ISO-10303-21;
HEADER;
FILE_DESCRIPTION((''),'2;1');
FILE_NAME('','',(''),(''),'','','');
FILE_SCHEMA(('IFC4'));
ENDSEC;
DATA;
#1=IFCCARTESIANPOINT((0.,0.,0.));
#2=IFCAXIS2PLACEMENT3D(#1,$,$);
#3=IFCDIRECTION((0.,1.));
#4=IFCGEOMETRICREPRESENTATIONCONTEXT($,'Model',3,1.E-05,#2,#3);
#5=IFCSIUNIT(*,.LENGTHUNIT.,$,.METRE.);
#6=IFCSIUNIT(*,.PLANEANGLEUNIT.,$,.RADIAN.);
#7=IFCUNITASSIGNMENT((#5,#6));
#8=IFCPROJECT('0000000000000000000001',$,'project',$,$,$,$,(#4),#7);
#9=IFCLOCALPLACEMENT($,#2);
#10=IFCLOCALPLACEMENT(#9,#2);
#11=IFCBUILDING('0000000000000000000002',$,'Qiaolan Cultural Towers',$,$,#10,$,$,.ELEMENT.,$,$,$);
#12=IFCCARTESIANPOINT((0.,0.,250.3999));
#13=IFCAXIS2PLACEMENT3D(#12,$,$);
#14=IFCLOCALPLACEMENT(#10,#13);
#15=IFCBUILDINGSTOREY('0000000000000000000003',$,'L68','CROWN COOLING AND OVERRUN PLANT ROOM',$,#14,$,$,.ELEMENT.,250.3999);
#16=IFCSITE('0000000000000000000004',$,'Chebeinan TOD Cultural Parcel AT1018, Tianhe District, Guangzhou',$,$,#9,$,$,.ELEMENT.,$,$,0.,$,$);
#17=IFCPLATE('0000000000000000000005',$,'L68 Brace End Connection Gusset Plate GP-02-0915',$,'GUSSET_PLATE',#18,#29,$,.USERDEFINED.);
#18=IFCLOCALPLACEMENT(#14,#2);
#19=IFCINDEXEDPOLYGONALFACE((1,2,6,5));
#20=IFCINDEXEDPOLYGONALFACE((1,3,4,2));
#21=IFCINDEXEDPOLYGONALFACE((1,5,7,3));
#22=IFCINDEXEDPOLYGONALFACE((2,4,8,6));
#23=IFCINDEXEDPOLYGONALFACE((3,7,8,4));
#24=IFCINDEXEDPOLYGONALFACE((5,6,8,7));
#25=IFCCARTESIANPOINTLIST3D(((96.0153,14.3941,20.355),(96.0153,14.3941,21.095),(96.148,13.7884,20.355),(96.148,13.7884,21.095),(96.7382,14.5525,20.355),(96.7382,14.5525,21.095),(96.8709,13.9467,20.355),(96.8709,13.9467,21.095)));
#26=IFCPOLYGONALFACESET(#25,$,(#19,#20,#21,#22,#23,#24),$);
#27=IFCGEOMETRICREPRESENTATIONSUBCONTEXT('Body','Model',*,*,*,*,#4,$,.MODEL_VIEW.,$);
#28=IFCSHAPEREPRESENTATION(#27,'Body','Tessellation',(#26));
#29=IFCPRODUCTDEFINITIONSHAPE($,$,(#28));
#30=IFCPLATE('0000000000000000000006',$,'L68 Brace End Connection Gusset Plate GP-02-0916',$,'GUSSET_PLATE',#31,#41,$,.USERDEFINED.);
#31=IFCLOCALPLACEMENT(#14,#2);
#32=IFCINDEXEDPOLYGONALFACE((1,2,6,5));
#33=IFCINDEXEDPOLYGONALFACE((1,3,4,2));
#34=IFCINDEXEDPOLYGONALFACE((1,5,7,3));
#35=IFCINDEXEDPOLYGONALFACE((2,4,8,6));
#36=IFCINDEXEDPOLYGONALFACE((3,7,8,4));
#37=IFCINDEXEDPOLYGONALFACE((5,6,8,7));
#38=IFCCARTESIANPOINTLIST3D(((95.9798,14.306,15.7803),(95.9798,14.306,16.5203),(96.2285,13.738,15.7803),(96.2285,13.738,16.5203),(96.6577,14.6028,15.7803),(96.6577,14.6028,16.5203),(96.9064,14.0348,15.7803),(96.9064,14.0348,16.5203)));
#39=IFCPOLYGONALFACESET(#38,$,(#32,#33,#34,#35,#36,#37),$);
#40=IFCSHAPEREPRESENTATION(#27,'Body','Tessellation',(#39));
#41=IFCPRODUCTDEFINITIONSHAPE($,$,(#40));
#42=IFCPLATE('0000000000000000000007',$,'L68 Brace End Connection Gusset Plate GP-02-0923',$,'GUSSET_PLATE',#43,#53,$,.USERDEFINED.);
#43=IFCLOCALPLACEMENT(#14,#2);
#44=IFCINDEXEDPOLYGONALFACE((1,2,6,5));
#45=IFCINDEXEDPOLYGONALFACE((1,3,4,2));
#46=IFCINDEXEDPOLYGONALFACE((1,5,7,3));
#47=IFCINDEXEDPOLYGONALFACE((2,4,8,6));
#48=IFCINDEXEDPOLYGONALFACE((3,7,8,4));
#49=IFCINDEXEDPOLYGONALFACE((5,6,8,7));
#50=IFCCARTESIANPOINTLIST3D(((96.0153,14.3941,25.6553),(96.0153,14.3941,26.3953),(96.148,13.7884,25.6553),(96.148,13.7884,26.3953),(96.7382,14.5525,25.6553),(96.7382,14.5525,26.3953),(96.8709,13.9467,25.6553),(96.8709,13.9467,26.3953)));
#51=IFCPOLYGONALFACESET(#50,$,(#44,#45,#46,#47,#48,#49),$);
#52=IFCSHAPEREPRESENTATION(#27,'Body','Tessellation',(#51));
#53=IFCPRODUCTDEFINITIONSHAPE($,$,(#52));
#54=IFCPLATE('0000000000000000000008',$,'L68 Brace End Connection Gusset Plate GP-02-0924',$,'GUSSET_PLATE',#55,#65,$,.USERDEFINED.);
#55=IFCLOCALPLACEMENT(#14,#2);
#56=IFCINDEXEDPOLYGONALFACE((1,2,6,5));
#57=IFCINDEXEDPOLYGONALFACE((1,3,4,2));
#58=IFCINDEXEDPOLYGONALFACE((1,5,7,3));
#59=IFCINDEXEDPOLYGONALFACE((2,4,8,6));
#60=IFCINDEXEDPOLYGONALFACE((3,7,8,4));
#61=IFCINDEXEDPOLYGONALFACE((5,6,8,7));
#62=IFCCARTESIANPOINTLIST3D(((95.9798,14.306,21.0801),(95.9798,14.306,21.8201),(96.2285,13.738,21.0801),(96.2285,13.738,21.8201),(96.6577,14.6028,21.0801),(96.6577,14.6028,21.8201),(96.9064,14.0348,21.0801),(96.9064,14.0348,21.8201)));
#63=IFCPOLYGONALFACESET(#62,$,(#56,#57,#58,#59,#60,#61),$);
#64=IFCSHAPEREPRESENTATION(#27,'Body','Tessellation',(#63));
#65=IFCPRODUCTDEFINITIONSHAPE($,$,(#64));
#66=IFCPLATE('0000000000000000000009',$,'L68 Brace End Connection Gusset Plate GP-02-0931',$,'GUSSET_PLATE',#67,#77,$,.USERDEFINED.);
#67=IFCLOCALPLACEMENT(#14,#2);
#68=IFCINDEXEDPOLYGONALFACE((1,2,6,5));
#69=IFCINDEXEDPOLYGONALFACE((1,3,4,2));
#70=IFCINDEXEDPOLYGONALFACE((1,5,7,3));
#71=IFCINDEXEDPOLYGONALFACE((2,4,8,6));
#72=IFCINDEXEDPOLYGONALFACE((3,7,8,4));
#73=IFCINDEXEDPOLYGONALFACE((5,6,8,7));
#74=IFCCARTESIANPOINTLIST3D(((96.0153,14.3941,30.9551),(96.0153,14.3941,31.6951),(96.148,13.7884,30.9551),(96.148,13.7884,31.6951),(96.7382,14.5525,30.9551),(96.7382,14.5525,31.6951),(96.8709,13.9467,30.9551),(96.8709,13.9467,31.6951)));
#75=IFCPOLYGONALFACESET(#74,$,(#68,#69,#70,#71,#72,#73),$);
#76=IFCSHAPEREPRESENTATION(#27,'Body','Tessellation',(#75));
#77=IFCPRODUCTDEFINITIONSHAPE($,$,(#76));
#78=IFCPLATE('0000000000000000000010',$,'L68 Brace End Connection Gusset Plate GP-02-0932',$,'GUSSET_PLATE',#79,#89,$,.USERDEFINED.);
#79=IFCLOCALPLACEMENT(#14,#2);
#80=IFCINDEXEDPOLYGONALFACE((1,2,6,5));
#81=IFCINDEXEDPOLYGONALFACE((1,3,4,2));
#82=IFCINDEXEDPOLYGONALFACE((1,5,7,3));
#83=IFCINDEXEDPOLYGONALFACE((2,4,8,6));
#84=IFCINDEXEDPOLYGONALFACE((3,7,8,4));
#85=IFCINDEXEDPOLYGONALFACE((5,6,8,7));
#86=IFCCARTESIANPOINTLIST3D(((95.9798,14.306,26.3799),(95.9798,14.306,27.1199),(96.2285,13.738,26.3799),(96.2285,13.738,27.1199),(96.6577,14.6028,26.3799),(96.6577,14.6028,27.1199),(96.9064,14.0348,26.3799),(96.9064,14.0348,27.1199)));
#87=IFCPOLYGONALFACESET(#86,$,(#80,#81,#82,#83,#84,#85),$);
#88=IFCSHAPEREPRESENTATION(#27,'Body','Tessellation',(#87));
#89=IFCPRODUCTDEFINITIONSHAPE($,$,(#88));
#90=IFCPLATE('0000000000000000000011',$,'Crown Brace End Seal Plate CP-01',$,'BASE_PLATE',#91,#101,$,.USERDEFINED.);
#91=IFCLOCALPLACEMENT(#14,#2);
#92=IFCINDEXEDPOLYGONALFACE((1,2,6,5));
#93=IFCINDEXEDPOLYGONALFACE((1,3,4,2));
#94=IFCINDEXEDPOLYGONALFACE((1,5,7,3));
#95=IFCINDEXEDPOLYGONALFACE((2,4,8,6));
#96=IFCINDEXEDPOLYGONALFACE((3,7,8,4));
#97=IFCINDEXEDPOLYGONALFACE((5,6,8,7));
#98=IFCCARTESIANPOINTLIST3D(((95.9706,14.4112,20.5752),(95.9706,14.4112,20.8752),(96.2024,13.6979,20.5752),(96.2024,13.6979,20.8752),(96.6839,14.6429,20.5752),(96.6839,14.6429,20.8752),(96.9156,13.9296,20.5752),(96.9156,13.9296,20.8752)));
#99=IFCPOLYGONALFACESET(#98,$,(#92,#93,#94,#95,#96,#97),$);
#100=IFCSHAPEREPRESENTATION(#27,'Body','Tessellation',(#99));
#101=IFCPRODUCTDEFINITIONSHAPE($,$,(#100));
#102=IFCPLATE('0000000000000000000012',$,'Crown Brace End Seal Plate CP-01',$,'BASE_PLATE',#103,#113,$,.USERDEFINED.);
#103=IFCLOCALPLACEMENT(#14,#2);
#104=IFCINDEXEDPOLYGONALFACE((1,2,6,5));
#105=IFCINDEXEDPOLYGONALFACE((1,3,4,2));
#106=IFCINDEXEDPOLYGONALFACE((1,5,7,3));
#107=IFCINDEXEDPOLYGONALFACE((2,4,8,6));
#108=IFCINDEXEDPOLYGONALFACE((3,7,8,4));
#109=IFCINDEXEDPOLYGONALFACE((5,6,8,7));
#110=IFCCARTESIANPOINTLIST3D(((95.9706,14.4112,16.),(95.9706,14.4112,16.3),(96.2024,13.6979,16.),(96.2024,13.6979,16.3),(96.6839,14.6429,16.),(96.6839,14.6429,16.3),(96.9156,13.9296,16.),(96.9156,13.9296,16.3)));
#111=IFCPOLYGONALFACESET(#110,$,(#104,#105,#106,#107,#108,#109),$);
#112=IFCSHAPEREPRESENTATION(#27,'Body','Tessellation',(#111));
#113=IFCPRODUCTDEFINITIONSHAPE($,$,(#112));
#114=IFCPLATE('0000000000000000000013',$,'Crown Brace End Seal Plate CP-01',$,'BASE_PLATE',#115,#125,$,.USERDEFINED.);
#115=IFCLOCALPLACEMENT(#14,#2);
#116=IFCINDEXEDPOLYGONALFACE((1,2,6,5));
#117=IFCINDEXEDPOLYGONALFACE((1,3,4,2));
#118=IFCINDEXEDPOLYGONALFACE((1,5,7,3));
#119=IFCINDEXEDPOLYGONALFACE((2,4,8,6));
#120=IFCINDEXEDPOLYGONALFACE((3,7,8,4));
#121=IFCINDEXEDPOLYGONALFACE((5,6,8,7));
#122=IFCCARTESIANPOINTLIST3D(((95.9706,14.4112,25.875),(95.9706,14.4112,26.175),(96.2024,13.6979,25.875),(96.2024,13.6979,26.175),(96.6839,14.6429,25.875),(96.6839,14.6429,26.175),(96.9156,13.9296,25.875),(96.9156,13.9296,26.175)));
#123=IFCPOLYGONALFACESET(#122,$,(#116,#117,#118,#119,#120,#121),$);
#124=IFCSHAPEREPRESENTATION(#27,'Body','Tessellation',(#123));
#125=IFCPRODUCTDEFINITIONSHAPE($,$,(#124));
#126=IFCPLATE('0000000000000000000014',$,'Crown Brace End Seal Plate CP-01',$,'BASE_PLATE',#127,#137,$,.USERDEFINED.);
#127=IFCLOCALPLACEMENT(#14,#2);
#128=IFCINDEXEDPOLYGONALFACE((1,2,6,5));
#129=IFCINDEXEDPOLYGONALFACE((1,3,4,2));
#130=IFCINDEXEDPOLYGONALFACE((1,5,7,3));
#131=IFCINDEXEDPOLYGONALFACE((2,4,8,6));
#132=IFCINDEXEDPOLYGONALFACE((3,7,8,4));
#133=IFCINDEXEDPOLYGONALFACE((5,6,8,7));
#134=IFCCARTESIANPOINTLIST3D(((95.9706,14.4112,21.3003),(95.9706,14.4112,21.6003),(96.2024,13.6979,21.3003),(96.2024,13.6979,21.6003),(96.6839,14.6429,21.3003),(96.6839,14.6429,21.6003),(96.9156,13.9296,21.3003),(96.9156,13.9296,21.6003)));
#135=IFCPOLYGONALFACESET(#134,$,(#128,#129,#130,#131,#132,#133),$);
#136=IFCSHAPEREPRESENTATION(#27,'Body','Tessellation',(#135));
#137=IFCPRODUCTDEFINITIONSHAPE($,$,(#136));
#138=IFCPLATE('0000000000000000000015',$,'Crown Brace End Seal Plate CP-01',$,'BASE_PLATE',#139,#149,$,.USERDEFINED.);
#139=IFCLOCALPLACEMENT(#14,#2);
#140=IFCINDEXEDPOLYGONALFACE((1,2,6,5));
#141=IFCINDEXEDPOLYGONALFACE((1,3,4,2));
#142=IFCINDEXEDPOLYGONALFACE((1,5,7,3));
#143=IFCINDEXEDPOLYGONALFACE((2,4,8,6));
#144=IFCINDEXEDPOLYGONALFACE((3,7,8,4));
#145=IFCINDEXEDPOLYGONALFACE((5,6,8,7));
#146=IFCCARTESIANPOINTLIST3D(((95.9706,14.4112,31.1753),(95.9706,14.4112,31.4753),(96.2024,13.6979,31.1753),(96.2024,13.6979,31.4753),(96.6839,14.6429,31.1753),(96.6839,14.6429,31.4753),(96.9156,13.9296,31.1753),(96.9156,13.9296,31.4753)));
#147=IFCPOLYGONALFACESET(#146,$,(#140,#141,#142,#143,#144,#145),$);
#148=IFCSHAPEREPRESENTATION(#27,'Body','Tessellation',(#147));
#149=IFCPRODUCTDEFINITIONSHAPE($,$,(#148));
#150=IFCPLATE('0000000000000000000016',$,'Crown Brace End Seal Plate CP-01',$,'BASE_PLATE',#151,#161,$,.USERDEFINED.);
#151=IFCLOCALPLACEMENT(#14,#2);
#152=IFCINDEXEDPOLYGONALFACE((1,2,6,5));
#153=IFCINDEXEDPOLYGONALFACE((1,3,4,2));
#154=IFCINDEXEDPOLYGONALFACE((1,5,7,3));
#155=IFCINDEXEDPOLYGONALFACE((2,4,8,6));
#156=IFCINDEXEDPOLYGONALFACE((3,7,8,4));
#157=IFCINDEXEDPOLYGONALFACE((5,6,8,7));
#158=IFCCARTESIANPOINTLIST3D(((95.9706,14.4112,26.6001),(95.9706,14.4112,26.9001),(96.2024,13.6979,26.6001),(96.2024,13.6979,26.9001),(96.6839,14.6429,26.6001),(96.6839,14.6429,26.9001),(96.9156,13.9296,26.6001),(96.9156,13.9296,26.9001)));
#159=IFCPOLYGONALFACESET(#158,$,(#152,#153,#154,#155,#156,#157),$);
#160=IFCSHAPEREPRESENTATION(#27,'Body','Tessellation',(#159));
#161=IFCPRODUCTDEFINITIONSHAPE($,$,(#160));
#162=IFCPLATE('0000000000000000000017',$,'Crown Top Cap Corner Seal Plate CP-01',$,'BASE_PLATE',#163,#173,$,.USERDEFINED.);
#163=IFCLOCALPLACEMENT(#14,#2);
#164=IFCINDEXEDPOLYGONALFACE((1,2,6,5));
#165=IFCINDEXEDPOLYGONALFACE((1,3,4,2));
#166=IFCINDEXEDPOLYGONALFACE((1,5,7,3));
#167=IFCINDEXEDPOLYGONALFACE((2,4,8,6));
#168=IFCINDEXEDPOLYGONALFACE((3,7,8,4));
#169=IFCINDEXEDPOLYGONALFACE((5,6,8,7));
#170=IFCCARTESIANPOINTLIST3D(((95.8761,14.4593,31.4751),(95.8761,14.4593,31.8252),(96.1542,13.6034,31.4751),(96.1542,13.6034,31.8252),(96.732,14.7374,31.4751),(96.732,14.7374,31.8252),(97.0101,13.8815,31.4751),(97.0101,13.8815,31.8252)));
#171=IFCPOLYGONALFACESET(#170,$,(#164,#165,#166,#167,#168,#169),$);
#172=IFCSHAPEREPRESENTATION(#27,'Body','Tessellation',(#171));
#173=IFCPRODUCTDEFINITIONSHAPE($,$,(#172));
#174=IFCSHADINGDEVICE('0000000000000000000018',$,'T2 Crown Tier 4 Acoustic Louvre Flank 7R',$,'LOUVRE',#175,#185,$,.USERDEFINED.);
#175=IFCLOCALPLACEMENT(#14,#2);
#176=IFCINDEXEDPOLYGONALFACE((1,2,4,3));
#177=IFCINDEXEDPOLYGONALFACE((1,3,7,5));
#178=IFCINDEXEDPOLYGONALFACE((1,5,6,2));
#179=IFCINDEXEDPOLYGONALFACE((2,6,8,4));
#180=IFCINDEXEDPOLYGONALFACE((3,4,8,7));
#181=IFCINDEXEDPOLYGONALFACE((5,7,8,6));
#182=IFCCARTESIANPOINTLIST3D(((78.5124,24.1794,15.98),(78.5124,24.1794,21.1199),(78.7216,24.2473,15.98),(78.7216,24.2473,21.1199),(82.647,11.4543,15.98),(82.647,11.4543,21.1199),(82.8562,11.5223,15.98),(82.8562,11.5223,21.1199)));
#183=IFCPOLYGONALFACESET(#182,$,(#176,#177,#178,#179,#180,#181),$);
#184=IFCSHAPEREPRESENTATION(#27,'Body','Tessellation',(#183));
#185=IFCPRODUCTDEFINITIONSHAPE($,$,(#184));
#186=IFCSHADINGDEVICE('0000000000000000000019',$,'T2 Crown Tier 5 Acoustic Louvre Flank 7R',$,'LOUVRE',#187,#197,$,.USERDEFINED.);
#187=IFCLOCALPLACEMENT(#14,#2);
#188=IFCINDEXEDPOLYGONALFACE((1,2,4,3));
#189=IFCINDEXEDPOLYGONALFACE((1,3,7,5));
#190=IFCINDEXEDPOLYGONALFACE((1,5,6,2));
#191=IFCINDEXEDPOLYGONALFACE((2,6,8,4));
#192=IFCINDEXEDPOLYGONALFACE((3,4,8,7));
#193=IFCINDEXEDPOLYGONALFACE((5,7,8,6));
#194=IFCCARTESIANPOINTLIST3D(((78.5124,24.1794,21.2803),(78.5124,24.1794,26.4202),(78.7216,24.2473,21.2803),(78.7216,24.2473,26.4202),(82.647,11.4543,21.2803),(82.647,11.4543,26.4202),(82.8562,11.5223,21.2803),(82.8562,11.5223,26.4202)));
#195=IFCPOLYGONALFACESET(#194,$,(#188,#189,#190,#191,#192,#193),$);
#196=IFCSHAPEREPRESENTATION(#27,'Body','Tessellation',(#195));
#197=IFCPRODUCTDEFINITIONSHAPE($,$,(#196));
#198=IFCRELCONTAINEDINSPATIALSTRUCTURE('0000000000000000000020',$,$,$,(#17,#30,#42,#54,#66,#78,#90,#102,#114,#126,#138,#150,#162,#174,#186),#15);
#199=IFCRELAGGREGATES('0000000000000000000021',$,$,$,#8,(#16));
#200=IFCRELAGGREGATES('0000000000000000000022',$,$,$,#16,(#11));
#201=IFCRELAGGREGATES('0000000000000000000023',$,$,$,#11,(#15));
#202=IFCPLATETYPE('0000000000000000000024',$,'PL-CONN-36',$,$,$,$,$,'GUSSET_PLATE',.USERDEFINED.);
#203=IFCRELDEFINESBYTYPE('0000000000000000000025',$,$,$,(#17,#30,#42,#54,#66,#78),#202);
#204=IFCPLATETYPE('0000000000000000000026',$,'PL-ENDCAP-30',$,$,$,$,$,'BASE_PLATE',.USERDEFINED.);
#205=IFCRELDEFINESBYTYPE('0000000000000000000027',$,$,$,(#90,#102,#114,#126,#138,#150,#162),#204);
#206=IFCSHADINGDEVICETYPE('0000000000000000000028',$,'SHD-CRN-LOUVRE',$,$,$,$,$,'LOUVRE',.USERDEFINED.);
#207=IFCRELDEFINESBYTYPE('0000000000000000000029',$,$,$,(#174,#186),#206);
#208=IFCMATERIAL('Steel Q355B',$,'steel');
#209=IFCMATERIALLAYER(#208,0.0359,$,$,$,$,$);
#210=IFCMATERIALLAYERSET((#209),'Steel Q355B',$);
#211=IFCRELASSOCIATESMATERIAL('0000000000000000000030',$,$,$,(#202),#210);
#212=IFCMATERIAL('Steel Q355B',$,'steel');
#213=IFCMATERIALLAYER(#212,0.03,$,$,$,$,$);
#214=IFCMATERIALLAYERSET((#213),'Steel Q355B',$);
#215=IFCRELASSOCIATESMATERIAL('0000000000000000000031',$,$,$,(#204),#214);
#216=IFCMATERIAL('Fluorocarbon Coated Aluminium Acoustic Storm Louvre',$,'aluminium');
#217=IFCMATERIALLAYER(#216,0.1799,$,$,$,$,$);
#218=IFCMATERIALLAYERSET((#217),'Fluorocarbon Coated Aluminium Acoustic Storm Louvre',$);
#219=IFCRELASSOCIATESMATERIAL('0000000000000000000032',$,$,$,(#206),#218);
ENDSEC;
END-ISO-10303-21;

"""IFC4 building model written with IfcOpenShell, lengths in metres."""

from ifc_helpers import new_model, si_unit, direction, frame, origin, origin_2d, place, context, subcontext, project, spatial, rectangle, extrude, material, layer, layer_set, type_object, element, save


model = new_model("IFC4")

# Units and contexts
model_context = context("Model", 3, precision=1e-05, world=origin(), true_north=direction((0.0, 1.0)))
body_context = subcontext(model_context, "Body", "Model", "MODEL_VIEW")
ifc_project = project(units=[si_unit("LENGTHUNIT", "METRE"), si_unit("PLANEANGLEUNIT", "RADIAN")], contexts=[model_context])

# Site, building, storey
site_placement = place(None, origin())
site = spatial("IfcSite", under=ifc_project, at=site_placement, Name="Chebeinan TOD Cultural Parcel AT1018, Tianhe District, Guangzhou", CompositionType="ELEMENT", RefElevation=0.0)
building_placement = place(site_placement, origin())
building = spatial("IfcBuilding", under=site, at=building_placement, Name="Qiaolan Cultural Towers", CompositionType="ELEMENT")
storey_placement = place(building_placement, frame((0.0, 0.0, 250.3999)))
storey = spatial("IfcBuildingStorey", under=building, at=storey_placement, Name="L68", Description="CROWN COOLING AND OVERRUN PLANT ROOM", CompositionType="ELEMENT", Elevation=250.3999)

# Plates
ifc_material_1 = material(Name="Steel Q355B", Category="steel")
ifc_layer_1 = layer(ifc_material_1, 0.0359)
ifc_layer_set_1 = layer_set([ifc_layer_1], Name="Steel Q355B")
plate_type_1 = type_object("IfcPlateType", Name="PL-CONN-36", ElementType="GUSSET_PLATE", PredefinedType="USERDEFINED", material=ifc_layer_set_1)
for number, where, z_axis, x_axis, name in (
    (1, (96.4431, 14.1704, 20.355), (0.0, 0.0, 1.0), (0.976843, 0.213956, 0.0), "L68 Brace End Connection Gusset Plate GP-02-0915"),
    (2, (96.4431, 14.1704, 15.7803), (0.0, 0.0, 1.0), (0.916043, 0.40108, 0.0), "L68 Brace End Connection Gusset Plate GP-02-0916"),
    (3, (96.4431, 14.1704, 25.6553), (0.0, 0.0, 1.0), (0.976843, 0.213956, 0.0), "L68 Brace End Connection Gusset Plate GP-02-0923"),
    (4, (96.4431, 14.1704, 21.0801), (0.0, 0.0, 1.0), (0.916043, 0.40108, 0.0), "L68 Brace End Connection Gusset Plate GP-02-0924"),
    (5, (96.4431, 14.1704, 30.9551), (0.0, 0.0, 1.0), (0.976843, 0.213956, 0.0), "L68 Brace End Connection Gusset Plate GP-02-0931"),
    (6, (96.4431, 14.1704, 26.3799), (0.0, 0.0, 1.0), (0.916043, 0.40108, 0.0), "L68 Brace End Connection Gusset Plate GP-02-0932"),
):
    element("IfcPlate", number, at=place(storey_placement, frame(where, z_axis=z_axis, x_axis=x_axis)), inside=storey, type_object=plate_type_1, Name=name, ObjectType="GUSSET_PLATE", PredefinedType="USERDEFINED", context=body_context, shape_type="SweptSolid", body=[
        extrude(rectangle(XDim=0.74, YDim=0.6201, at=origin_2d()), origin(), (0.0, 0.0, 1.0), 0.74),
    ])
ifc_material_2 = material(Name="Steel Q355B", Category="steel")
ifc_layer_2 = layer(ifc_material_2, 0.03)
ifc_layer_set_2 = layer_set([ifc_layer_2], Name="Steel Q355B")
plate_type_2 = type_object("IfcPlateType", Name="PL-ENDCAP-30", ElementType="BASE_PLATE", PredefinedType="USERDEFINED", material=ifc_layer_set_2)
for number, where, z_axis, x_axis, name in (
    (7, (96.4431, 14.1704, 20.5752), (0.0, 0.0, 1.0), (0.951057, 0.309017, 0.0), "Crown Brace End Seal Plate CP-01"),
    (8, (96.4431, 14.1704, 16.0), (0.0, 0.0, 1.0), (0.951057, 0.309017, 0.0), "Crown Brace End Seal Plate CP-01"),
    (9, (96.4431, 14.1704, 25.875), (0.0, 0.0, 1.0), (0.951057, 0.309017, 0.0), "Crown Brace End Seal Plate CP-01"),
    (10, (96.4431, 14.1704, 21.3003), (0.0, 0.0, 1.0), (0.951057, 0.309017, 0.0), "Crown Brace End Seal Plate CP-01"),
    (11, (96.4431, 14.1704, 31.1753), (0.0, 0.0, 1.0), (0.951057, 0.309017, 0.0), "Crown Brace End Seal Plate CP-01"),
    (12, (96.4431, 14.1704, 26.6001), (0.0, 0.0, 1.0), (0.951057, 0.309017, 0.0), "Crown Brace End Seal Plate CP-01"),
):
    element("IfcPlate", number, at=place(storey_placement, frame(where, z_axis=z_axis, x_axis=x_axis)), inside=storey, type_object=plate_type_2, Name=name, ObjectType="BASE_PLATE", PredefinedType="USERDEFINED", context=body_context, shape_type="SweptSolid", body=[
        extrude(rectangle(XDim=0.75, YDim=0.75, at=origin_2d()), origin(), (0.0, 0.0, 1.0), 0.3),
    ])
plate_1_placement = place(storey_placement, frame((96.4431, 14.1704, 31.4751), z_axis=(0.0, 0.0, 1.0), x_axis=(0.951057, 0.309017, 0.0)))
element("IfcPlate", 13, at=plate_1_placement, inside=storey, type_object=plate_type_2, Name="Crown Top Cap Corner Seal Plate CP-01", ObjectType="BASE_PLATE", PredefinedType="USERDEFINED", context=body_context, shape_type="SweptSolid", body=[
    extrude(rectangle(XDim=0.8999, YDim=0.8999, at=origin_2d()), origin(), (0.0, 0.0, 1.0), 0.3501),
])

# Shading devices
ifc_material_3 = material(Name="Fluorocarbon Coated Aluminium Acoustic Storm Louvre", Category="aluminium")
ifc_layer_3 = layer(ifc_material_3, 0.1799)
ifc_layer_set_3 = layer_set([ifc_layer_3], Name="Fluorocarbon Coated Aluminium Acoustic Storm Louvre")
shading_device_type = type_object("IfcShadingDeviceType", Name="SHD-CRN-LOUVRE", ElementType="LOUVRE", PredefinedType="USERDEFINED", material=ifc_layer_set_3)
for number, where, z_axis, x_axis, name in (
    (14, (80.6843, 17.8508, 15.98), (0.0, 0.0, 1.0), (0.309017, -0.951057, 0.0), "T2 Crown Tier 4 Acoustic Louvre Flank 7R"),
    (15, (80.6843, 17.8508, 21.2803), (0.0, 0.0, 1.0), (0.309017, -0.951057, 0.0), "T2 Crown Tier 5 Acoustic Louvre Flank 7R"),
):
    element("IfcShadingDevice", number, at=place(storey_placement, frame(where, z_axis=z_axis, x_axis=x_axis)), inside=storey, type_object=shading_device_type, Name=name, ObjectType="LOUVRE", PredefinedType="USERDEFINED", context=body_context, shape_type="SweptSolid", body=[
        extrude(rectangle(XDim=13.3799, YDim=0.22, at=origin_2d()), origin(), (0.0, 0.0, 1.0), 5.1399),
    ])

save(model, "model.ifc")
